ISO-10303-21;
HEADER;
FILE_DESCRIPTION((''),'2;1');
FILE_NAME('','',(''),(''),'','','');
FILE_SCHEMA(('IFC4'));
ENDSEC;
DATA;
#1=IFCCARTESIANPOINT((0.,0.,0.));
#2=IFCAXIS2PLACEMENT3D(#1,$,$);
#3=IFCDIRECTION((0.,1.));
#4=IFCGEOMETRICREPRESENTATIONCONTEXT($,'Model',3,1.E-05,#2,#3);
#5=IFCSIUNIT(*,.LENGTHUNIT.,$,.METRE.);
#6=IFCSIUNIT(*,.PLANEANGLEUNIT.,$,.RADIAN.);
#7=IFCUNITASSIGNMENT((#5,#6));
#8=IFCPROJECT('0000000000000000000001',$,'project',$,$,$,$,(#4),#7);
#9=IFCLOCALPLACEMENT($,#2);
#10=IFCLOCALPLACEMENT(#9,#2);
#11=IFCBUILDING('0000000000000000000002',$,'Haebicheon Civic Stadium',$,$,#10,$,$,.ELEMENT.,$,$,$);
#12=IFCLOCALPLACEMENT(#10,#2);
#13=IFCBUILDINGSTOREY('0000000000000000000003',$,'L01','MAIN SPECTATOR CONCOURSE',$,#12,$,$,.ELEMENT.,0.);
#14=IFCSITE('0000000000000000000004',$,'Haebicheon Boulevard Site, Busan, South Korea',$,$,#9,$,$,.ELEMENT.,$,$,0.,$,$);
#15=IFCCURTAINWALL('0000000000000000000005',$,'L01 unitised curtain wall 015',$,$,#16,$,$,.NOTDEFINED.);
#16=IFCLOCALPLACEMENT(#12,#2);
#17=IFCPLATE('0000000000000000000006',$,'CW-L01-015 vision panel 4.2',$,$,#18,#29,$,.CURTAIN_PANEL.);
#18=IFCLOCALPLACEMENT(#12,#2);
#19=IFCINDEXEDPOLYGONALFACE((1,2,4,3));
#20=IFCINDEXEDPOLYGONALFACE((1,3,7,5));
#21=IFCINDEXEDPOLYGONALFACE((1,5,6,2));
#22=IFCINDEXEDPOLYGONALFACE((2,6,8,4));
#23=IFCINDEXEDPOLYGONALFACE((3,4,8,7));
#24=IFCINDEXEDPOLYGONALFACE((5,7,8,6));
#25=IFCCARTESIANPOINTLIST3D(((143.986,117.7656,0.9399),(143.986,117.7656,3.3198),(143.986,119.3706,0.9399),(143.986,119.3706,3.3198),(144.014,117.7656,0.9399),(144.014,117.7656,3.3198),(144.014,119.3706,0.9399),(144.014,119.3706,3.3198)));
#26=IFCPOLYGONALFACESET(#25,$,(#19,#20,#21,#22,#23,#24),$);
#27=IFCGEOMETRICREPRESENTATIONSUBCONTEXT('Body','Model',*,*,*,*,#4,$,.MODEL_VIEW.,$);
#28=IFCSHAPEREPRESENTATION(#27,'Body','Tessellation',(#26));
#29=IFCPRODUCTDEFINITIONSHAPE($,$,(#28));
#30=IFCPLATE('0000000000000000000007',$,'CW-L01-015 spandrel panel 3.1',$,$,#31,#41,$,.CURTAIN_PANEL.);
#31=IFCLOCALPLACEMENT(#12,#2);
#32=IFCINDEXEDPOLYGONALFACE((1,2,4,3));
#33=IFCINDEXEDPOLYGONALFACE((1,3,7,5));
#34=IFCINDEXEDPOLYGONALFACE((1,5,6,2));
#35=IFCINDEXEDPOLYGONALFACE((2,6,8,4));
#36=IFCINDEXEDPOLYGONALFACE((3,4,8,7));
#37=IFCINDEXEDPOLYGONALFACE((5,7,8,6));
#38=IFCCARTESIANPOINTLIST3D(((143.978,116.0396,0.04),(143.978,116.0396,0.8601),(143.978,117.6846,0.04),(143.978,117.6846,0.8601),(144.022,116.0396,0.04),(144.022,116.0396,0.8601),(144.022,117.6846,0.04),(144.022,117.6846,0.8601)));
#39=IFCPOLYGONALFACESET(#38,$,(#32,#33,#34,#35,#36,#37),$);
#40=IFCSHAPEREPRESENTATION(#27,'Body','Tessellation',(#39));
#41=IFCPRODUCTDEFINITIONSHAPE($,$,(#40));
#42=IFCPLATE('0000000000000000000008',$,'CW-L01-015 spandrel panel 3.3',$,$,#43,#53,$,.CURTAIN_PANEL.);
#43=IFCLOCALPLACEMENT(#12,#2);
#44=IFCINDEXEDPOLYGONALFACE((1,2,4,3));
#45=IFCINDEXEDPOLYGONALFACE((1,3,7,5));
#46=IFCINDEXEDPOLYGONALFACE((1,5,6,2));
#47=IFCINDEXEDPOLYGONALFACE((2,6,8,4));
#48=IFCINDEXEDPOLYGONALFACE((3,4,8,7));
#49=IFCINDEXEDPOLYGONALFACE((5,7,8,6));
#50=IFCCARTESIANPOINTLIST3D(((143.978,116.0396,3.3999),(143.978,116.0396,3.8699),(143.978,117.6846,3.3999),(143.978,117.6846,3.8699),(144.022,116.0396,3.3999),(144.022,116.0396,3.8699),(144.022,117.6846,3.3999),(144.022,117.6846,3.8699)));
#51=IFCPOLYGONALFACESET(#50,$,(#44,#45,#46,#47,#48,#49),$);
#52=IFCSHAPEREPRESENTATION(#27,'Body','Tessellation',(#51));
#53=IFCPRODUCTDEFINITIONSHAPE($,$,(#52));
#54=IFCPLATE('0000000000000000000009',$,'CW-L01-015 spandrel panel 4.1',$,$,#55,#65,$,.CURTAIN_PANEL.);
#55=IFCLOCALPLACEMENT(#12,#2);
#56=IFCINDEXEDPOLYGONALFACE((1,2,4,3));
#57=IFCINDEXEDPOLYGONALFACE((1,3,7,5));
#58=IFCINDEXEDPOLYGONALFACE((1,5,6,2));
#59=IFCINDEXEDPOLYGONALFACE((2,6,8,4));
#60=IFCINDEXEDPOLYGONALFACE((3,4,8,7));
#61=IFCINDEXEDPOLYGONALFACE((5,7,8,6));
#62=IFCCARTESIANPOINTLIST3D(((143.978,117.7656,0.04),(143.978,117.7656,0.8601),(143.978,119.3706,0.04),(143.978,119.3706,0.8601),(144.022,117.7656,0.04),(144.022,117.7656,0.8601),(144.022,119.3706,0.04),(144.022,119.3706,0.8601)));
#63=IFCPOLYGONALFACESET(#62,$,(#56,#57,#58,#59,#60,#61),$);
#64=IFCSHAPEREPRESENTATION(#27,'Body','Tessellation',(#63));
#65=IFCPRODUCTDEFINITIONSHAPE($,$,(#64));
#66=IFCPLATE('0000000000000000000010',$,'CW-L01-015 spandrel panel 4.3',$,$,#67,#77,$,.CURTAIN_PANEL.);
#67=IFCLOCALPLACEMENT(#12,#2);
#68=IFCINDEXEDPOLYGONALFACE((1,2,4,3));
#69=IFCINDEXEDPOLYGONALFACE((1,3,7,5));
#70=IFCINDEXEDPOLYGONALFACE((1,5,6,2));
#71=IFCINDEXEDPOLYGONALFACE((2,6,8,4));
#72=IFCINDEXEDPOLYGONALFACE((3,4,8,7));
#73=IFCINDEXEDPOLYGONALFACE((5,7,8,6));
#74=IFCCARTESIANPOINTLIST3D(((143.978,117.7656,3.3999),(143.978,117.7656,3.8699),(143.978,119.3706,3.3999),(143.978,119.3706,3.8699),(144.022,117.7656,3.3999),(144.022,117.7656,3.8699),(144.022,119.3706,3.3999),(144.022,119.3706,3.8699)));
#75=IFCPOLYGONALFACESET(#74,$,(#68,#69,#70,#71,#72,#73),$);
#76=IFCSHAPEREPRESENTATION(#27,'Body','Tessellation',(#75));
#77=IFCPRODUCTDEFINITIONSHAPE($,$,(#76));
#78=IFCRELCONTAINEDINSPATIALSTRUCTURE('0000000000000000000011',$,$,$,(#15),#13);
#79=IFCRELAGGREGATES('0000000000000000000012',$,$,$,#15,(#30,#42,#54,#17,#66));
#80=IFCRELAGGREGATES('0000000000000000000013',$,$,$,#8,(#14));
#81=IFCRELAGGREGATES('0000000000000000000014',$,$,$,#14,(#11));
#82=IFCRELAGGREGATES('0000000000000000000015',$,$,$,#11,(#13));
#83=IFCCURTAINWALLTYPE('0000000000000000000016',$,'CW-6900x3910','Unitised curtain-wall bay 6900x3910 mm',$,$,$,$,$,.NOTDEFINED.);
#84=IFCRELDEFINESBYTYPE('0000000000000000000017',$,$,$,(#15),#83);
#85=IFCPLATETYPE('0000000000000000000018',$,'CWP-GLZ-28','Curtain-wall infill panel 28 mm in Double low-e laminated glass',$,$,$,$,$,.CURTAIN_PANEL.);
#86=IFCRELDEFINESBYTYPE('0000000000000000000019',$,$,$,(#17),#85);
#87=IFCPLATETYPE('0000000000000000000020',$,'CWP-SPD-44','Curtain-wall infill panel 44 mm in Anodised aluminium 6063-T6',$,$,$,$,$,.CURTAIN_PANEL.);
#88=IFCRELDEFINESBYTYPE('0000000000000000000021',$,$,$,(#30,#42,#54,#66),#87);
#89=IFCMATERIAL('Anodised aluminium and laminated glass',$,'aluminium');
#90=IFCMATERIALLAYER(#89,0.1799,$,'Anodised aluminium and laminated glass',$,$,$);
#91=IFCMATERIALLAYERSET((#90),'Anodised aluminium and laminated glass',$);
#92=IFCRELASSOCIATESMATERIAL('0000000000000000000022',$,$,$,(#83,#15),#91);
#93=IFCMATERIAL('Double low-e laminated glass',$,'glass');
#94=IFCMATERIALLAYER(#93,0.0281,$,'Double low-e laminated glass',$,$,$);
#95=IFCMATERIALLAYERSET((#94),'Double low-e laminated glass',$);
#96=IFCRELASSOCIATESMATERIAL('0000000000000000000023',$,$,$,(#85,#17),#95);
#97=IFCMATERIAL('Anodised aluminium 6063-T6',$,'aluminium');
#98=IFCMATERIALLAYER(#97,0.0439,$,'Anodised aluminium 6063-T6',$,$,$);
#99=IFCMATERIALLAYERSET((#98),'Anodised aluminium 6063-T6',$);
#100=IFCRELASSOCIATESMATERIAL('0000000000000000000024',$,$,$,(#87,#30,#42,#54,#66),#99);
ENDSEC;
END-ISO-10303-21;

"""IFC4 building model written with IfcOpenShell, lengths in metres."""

from ifc_helpers import new_model, si_unit, direction, frame, origin, origin_2d, place, context, subcontext, project, spatial, rectangle, extrude, material, layer, layer_set, type_object, element, aggregate, save


model = new_model("IFC4")

# Units and contexts
model_context = context("Model", 3, precision=1e-05, world=origin(), true_north=direction((0.0, 1.0)))
body_context = subcontext(model_context, "Body", "Model", "MODEL_VIEW")
ifc_project = project(units=[si_unit("LENGTHUNIT", "METRE"), si_unit("PLANEANGLEUNIT", "RADIAN")], contexts=[model_context])

# Site, building, storey
site_placement = place(None, origin())
site = spatial("IfcSite", under=ifc_project, at=site_placement, Name="Haebicheon Boulevard Site, Busan, South Korea", CompositionType="ELEMENT", RefElevation=0.0)
building_placement = place(site_placement, origin())
building = spatial("IfcBuilding", under=site, at=building_placement, Name="Haebicheon Civic Stadium", CompositionType="ELEMENT")
storey_placement = place(building_placement, origin())
storey = spatial("IfcBuildingStorey", under=building, at=storey_placement, Name="L01", Description="MAIN SPECTATOR CONCOURSE", CompositionType="ELEMENT", Elevation=0.0)

# Curtain wall
ifc_material_1 = material(Name="Anodised aluminium and laminated glass", Category="aluminium")
ifc_layer_1 = layer(ifc_material_1, 0.1799, Name="Anodised aluminium and laminated glass")
ifc_layer_set_1 = layer_set([ifc_layer_1], Name="Anodised aluminium and laminated glass")
curtain_wall_type = type_object("IfcCurtainWallType", Name="CW-6900x3910", Description="Unitised curtain-wall bay 6900x3910 mm", PredefinedType="NOTDEFINED", material=ifc_layer_set_1)
curtain_wall_placement = place(storey_placement, origin())
curtain_wall = element("IfcCurtainWall", 1, at=curtain_wall_placement, inside=storey, type_object=curtain_wall_type, material=ifc_layer_set_1, Name="L01 unitised curtain wall 015", PredefinedType="NOTDEFINED")

# Plates
ifc_material_2 = material(Name="Double low-e laminated glass", Category="glass")
ifc_layer_2 = layer(ifc_material_2, 0.0281, Name="Double low-e laminated glass")
ifc_layer_set_2 = layer_set([ifc_layer_2], Name="Double low-e laminated glass")
plate_type_1 = type_object("IfcPlateType", Name="CWP-GLZ-28", Description="Curtain-wall infill panel 28 mm in Double low-e laminated glass", PredefinedType="CURTAIN_PANEL", material=ifc_layer_set_2)
plate_1_placement = place(storey_placement, frame((144.0, 118.5681, 0.9399), z_axis=(0.0, 0.0, 1.0), x_axis=(0.0, 1.0, 0.0)))
plate_1 = element("IfcPlate", 2, at=plate_1_placement, type_object=plate_type_1, material=ifc_layer_set_2, Name="CW-L01-015 vision panel 4.2", PredefinedType="CURTAIN_PANEL", context=body_context, shape_type="SweptSolid", body=[
    extrude(rectangle(XDim=1.605, YDim=0.0281, at=origin_2d()), origin(), (0.0, 0.0, 1.0), 2.3799),
])
ifc_material_3 = material(Name="Anodised aluminium 6063-T6", Category="aluminium")
ifc_layer_3 = layer(ifc_material_3, 0.0439, Name="Anodised aluminium 6063-T6")
ifc_layer_set_3 = layer_set([ifc_layer_3], Name="Anodised aluminium 6063-T6")
plate_type_2 = type_object("IfcPlateType", Name="CWP-SPD-44", Description="Curtain-wall infill panel 44 mm in Anodised aluminium 6063-T6", PredefinedType="CURTAIN_PANEL", material=ifc_layer_set_3)
plate_2_placement = place(storey_placement, frame((144.0, 116.8621, 0.04), z_axis=(0.0, 0.0, 1.0), x_axis=(0.0, 1.0, 0.0)))
plate_2 = element("IfcPlate", 3, at=plate_2_placement, type_object=plate_type_2, material=ifc_layer_set_3, Name="CW-L01-015 spandrel panel 3.1", PredefinedType="CURTAIN_PANEL", context=body_context, shape_type="SweptSolid", body=[
    extrude(rectangle(XDim=1.645, YDim=0.0439, at=origin_2d()), origin(), (0.0, 0.0, 1.0), 0.8201),
])
plate_3_placement = place(storey_placement, frame((144.0, 116.8621, 3.3999), z_axis=(0.0, 0.0, 1.0), x_axis=(0.0, 1.0, 0.0)))
plate_3 = element("IfcPlate", 4, at=plate_3_placement, type_object=plate_type_2, material=ifc_layer_set_3, Name="CW-L01-015 spandrel panel 3.3", PredefinedType="CURTAIN_PANEL", context=body_context, shape_type="SweptSolid", body=[
    extrude(rectangle(XDim=1.645, YDim=0.0439, at=origin_2d()), origin(), (0.0, 0.0, 1.0), 0.47),
])
plate_4_placement = place(storey_placement, frame((144.0, 118.5681, 0.04), z_axis=(0.0, 0.0, 1.0), x_axis=(0.0, 1.0, 0.0)))
plate_4 = element("IfcPlate", 5, at=plate_4_placement, type_object=plate_type_2, material=ifc_layer_set_3, Name="CW-L01-015 spandrel panel 4.1", PredefinedType="CURTAIN_PANEL", context=body_context, shape_type="SweptSolid", body=[
    extrude(rectangle(XDim=1.605, YDim=0.0439, at=origin_2d()), origin(), (0.0, 0.0, 1.0), 0.8201),
])
plate_5_placement = place(storey_placement, frame((144.0, 118.5681, 3.3999), z_axis=(0.0, 0.0, 1.0), x_axis=(0.0, 1.0, 0.0)))
plate_5 = element("IfcPlate", 6, at=plate_5_placement, type_object=plate_type_2, material=ifc_layer_set_3, Name="CW-L01-015 spandrel panel 4.3", PredefinedType="CURTAIN_PANEL", context=body_context, shape_type="SweptSolid", body=[
    extrude(rectangle(XDim=1.605, YDim=0.0439, at=origin_2d()), origin(), (0.0, 0.0, 1.0), 0.47),
])
aggregate(curtain_wall, [plate_2, plate_3, plate_4, plate_1, plate_5])

save(model, "model.ifc")
